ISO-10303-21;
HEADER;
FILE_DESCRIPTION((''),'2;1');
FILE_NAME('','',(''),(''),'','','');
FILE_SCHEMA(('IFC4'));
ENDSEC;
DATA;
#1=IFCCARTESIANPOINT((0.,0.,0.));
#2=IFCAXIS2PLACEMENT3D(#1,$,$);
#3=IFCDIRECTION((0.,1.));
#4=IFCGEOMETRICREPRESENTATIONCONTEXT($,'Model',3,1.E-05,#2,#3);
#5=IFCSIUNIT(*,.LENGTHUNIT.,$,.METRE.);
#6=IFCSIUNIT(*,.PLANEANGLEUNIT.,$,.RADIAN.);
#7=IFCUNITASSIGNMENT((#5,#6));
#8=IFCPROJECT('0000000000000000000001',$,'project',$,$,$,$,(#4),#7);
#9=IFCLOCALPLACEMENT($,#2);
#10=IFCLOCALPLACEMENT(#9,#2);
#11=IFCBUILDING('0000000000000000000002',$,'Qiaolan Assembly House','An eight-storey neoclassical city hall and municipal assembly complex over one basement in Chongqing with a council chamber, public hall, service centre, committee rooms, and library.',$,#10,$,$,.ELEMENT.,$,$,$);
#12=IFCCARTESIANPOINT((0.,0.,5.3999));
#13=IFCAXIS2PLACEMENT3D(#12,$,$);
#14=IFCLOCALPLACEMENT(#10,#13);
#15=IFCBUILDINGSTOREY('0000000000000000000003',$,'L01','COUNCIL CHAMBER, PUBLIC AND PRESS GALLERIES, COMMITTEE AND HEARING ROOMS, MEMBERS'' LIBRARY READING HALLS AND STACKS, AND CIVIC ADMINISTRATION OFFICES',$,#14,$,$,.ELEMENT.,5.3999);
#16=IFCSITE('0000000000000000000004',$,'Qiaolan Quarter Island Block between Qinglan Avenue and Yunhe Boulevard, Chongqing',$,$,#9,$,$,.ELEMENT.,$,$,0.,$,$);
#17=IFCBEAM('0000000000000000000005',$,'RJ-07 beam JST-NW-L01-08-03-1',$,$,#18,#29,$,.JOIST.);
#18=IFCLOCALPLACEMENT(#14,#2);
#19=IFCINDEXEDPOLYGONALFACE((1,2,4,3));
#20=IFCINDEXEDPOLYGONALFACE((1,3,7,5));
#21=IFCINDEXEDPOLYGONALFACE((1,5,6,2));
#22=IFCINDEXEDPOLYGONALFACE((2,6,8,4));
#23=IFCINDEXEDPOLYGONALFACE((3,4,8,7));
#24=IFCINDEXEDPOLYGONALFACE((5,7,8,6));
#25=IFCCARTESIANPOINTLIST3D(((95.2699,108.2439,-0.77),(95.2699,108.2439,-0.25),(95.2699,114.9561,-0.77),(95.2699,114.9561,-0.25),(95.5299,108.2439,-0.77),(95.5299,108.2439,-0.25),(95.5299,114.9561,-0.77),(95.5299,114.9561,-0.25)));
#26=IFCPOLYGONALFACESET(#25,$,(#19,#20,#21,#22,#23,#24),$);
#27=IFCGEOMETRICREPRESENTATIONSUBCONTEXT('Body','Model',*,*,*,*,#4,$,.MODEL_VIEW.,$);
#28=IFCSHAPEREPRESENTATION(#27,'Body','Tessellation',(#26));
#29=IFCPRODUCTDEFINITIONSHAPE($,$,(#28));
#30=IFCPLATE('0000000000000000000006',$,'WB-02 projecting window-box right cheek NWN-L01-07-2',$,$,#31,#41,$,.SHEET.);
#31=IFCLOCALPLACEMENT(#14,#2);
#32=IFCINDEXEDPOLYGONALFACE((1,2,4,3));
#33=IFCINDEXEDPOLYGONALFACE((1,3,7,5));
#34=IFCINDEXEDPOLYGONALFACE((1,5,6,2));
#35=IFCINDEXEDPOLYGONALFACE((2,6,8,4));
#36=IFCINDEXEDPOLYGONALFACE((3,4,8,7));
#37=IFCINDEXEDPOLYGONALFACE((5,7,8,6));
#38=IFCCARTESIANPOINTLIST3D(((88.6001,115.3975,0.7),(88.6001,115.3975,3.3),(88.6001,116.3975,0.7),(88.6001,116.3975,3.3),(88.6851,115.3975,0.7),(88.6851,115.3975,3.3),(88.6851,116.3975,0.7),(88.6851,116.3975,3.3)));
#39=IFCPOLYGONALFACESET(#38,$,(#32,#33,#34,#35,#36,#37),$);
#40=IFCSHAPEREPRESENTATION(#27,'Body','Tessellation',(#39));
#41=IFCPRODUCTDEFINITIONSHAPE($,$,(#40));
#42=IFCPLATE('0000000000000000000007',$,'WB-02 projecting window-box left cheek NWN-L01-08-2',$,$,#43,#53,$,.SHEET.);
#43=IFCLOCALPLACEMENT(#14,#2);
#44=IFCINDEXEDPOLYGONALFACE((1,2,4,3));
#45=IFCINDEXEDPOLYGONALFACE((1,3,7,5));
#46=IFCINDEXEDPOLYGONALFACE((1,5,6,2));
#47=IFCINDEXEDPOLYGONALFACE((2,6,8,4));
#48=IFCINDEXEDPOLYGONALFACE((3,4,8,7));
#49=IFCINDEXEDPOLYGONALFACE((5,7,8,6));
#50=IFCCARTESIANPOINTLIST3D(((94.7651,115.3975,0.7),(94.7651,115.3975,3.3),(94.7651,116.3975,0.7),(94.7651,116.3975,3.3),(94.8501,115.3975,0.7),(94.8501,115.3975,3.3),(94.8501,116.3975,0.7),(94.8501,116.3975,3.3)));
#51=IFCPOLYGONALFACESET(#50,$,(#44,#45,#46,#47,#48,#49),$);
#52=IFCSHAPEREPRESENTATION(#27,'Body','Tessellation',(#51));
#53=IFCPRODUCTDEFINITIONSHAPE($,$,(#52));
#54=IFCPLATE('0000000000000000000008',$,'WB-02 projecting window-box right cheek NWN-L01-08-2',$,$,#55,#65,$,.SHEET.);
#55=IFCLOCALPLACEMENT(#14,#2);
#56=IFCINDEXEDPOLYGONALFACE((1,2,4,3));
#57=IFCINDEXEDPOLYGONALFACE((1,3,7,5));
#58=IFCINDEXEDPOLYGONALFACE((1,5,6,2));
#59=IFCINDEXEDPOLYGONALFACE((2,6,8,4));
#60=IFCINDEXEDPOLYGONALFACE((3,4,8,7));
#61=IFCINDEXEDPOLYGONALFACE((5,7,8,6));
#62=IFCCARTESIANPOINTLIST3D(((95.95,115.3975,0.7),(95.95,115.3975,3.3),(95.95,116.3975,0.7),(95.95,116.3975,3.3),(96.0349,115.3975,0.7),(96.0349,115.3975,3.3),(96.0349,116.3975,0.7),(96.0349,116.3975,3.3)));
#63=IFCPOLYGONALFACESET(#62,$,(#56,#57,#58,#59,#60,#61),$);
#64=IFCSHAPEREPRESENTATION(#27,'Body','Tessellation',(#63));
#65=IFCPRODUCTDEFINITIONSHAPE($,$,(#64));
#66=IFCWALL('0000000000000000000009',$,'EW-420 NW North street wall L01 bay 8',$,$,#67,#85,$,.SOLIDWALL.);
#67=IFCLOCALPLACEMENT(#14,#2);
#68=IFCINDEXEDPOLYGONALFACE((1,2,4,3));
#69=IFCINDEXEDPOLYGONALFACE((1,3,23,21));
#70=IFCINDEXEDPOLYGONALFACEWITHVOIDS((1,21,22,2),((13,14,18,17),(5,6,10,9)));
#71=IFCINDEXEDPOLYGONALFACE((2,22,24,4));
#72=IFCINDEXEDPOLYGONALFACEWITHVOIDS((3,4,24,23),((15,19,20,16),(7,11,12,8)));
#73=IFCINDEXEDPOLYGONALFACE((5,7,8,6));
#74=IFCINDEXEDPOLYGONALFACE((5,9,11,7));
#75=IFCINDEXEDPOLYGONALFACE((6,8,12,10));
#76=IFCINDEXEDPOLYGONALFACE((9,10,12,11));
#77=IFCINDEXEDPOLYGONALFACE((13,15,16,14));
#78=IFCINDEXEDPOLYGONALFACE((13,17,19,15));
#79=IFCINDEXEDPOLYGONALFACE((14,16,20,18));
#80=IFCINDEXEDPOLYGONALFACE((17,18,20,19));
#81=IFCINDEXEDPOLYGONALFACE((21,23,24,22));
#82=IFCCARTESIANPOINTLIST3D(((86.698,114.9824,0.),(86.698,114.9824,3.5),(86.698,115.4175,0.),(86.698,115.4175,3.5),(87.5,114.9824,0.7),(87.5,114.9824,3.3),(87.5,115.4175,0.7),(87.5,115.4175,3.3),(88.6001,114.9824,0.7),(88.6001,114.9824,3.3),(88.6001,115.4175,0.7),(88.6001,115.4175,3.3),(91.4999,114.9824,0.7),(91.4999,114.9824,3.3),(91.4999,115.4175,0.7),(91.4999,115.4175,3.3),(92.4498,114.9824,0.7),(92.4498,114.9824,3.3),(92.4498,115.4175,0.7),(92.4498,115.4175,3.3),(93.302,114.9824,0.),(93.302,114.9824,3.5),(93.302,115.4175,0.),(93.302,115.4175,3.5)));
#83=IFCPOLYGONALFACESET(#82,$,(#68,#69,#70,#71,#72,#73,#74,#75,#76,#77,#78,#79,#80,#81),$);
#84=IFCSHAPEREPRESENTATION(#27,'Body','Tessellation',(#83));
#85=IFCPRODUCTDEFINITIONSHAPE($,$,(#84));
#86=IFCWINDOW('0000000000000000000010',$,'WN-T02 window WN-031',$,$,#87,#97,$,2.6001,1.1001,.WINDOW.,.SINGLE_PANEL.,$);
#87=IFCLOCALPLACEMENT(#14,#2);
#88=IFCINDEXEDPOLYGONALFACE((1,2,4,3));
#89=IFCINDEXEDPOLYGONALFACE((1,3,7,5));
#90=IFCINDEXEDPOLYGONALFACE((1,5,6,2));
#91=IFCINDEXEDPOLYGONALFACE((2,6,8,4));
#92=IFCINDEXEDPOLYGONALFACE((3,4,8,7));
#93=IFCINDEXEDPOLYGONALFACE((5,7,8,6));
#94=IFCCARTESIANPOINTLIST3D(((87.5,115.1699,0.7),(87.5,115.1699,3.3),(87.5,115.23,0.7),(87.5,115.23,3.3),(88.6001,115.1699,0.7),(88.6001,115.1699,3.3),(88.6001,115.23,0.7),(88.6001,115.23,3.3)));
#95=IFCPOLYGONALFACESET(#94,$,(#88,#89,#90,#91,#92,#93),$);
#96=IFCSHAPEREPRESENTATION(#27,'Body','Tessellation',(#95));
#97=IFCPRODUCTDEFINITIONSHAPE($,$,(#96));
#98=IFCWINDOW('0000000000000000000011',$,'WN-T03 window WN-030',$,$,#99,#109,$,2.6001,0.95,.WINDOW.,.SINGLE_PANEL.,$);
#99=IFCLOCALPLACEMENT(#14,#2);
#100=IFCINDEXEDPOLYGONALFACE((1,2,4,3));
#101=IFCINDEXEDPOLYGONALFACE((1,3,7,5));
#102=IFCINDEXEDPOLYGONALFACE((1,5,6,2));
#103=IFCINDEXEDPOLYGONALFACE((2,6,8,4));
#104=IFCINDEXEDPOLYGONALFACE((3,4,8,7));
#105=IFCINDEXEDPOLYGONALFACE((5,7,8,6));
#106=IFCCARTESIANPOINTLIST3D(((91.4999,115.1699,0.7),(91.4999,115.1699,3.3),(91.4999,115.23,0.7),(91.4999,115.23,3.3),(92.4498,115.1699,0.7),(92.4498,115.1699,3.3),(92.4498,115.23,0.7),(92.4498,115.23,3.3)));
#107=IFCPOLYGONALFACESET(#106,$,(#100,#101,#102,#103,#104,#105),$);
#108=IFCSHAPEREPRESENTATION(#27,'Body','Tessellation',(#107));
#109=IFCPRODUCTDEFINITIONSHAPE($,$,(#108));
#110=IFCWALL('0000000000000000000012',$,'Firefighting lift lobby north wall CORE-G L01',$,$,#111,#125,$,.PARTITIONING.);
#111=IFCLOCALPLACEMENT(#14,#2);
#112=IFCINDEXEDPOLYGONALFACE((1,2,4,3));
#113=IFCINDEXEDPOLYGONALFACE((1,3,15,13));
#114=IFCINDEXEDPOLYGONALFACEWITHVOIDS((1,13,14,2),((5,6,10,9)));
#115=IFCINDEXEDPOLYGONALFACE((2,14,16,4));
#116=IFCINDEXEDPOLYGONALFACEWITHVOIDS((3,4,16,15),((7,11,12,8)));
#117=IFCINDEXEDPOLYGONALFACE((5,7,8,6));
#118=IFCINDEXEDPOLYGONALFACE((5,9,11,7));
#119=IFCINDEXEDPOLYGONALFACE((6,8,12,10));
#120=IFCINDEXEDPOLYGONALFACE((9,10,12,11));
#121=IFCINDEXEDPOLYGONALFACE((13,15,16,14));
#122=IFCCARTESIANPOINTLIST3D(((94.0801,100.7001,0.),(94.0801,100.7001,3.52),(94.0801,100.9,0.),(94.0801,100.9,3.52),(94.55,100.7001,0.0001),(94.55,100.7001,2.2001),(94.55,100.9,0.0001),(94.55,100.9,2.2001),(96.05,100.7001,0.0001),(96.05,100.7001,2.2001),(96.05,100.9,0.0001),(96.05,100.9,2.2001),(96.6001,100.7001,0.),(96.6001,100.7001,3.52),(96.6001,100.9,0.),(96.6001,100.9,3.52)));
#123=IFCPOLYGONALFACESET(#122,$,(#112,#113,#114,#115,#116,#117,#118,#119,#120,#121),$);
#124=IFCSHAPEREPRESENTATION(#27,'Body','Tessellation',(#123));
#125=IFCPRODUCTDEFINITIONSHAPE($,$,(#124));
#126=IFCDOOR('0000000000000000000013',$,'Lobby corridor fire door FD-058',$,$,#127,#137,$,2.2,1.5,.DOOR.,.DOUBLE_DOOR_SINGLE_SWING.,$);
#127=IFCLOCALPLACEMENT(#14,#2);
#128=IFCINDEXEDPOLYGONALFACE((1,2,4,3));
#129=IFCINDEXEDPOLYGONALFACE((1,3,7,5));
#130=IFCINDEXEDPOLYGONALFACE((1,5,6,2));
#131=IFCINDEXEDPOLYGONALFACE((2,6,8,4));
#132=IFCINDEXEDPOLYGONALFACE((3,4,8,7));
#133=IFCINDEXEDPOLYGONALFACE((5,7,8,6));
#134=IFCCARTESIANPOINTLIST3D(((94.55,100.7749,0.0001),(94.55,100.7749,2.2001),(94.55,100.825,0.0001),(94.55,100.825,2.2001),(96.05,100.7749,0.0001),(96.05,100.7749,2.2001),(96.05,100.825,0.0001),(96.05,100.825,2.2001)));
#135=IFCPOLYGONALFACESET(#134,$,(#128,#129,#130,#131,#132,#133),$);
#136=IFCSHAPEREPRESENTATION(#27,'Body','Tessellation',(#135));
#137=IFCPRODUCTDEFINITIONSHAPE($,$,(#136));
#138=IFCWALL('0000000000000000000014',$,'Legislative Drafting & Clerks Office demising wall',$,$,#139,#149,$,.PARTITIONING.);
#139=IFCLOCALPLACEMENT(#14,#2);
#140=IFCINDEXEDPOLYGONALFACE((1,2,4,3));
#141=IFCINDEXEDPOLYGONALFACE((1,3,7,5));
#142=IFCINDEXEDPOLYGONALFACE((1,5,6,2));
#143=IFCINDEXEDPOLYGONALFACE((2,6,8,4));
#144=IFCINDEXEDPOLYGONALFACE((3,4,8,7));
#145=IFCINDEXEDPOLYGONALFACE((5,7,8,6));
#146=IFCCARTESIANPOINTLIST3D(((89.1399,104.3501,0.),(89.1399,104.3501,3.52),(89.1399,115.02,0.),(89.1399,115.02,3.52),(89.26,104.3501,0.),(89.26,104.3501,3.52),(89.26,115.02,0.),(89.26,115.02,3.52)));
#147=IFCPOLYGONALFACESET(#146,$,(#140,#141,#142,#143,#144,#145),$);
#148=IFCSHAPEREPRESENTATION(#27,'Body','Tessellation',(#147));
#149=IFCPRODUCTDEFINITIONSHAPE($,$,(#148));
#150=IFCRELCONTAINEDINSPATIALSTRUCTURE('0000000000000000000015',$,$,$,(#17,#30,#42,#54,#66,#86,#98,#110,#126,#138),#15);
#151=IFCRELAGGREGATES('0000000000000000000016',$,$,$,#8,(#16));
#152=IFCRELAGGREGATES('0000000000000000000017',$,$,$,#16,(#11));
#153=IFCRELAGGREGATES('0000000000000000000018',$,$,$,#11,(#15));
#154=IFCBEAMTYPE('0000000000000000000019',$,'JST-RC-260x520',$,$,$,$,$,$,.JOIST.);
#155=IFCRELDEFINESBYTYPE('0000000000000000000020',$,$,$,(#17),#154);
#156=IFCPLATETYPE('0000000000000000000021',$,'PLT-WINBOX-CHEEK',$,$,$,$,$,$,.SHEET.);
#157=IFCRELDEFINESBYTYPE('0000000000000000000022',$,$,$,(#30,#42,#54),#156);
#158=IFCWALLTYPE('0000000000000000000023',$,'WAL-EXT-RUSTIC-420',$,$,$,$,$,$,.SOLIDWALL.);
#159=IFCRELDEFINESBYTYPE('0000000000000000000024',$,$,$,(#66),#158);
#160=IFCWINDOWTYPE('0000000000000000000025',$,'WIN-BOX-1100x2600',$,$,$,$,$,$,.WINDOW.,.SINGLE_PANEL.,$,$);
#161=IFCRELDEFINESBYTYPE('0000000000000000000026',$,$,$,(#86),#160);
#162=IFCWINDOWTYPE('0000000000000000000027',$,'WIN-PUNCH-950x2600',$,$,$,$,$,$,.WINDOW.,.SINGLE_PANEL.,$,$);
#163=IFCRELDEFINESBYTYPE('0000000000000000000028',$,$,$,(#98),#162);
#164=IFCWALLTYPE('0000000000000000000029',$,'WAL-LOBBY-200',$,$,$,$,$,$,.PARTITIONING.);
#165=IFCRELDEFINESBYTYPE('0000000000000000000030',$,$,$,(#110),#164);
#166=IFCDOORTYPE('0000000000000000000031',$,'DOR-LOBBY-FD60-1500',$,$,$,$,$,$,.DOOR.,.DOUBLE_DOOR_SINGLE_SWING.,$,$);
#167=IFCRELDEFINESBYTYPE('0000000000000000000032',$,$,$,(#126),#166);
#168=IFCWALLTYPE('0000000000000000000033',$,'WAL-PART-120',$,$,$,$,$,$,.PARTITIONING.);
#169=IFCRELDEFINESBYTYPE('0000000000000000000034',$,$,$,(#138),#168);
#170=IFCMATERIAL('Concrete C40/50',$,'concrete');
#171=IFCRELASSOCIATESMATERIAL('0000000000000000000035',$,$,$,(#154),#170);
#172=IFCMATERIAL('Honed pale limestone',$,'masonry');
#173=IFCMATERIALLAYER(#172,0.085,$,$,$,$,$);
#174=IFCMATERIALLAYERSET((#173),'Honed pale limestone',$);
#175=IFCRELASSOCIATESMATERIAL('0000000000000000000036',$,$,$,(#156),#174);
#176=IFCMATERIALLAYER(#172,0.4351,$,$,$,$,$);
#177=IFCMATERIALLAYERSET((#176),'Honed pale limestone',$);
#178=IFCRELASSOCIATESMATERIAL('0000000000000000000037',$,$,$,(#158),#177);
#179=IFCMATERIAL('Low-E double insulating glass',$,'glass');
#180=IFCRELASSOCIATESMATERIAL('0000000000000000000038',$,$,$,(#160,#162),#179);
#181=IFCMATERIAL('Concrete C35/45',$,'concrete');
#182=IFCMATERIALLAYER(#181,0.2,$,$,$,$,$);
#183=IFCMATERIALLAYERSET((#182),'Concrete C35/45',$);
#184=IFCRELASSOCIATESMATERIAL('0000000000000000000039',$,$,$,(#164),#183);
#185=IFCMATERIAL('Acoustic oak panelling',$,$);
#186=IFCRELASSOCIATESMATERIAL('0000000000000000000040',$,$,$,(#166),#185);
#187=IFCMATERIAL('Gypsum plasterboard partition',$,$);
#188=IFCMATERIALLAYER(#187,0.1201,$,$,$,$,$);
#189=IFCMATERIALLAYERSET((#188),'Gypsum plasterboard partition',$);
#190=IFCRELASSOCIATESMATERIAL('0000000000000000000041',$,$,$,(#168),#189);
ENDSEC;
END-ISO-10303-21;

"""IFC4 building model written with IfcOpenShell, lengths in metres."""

from ifc_helpers import new_model, si_unit, direction, frame, frame_2d, origin, origin_2d, place, context, subcontext, project, spatial, rectangle, extrude, material, layer, layer_set, material_profile, profile_set, type_object, element, fill, save


model = new_model("IFC4")

# Units and contexts
model_context = context("Model", 3, precision=1e-05, world=origin(), true_north=direction((0.0, 1.0)))
body_context = subcontext(model_context, "Body", "Model", "MODEL_VIEW")
ifc_project = project(units=[si_unit("LENGTHUNIT", "METRE"), si_unit("PLANEANGLEUNIT", "RADIAN")], contexts=[model_context])

# Site, building, storey
site_placement = place(None, origin())
site = spatial("IfcSite", under=ifc_project, at=site_placement, Name="Qiaolan Quarter Island Block between Qinglan Avenue and Yunhe Boulevard, Chongqing", CompositionType="ELEMENT", RefElevation=0.0)
building_placement = place(site_placement, origin())
building = spatial("IfcBuilding", under=site, at=building_placement, Name="Qiaolan Assembly House", Description="An eight-storey neoclassical city hall and municipal assembly complex over one basement in Chongqing with a council chamber, public hall, service centre, committee rooms, and library.", CompositionType="ELEMENT")
storey_placement = place(building_placement, frame((0.0, 0.0, 5.3999)))
storey = spatial("IfcBuildingStorey", under=building, at=storey_placement, Name="L01", Description="COUNCIL CHAMBER, PUBLIC AND PRESS GALLERIES, COMMITTEE AND HEARING ROOMS, MEMBERS' LIBRARY READING HALLS AND STACKS, AND CIVIC ADMINISTRATION OFFICES", CompositionType="ELEMENT", Elevation=5.3999)

# Beam
ifc_material_1 = material(Name="Concrete C40/50", Category="concrete")
ifc_material_profile_1 = material_profile(ifc_material_1, rectangle(XDim=0.26, YDim=0.52, at=origin_2d()), Name="RCB 260x520")
ifc_profile_set_1 = profile_set([ifc_material_profile_1], Name="Concrete C40/50")
beam_type_1 = type_object("IfcBeamType", Name="JST-RC-260x520", PredefinedType="JOIST", material=ifc_profile_set_1)
for number, where, z_axis, x_axis, name in (
    (1, (95.3999, 108.2439, -0.51), (0.0, 1.0, 0.0), (-1.0, 0.0, 0.0), "RJ-07 beam JST-NW-L01-08-03-1"),
):
    element("IfcBeam", number, at=place(storey_placement, frame(where, z_axis=z_axis, x_axis=x_axis)), inside=storey, type_object=beam_type_1, Name=name, PredefinedType="JOIST", context=body_context, shape_type="SweptSolid", body=[
        extrude(rectangle(XDim=0.26, YDim=0.52, at=origin_2d()), origin(), (0.0, 0.0, 1.0), 6.7122),
    ])

# Plates
ifc_material_2 = material(Name="Honed pale limestone", Category="masonry")
ifc_layer_1 = layer(ifc_material_2, 0.085)
ifc_layer_set_1 = layer_set([ifc_layer_1], Name="Honed pale limestone")
plate_type = type_object("IfcPlateType", Name="PLT-WINBOX-CHEEK", PredefinedType="SHEET", material=ifc_layer_set_1)
for number, where, z_axis, x_axis, name in (
    (2, (88.6426, 115.8975, 0.7), (0.0, 0.0, 1.0), (1.0, 0.0, 0.0), "WB-02 projecting window-box right cheek NWN-L01-07-2"),
    (3, (94.8076, 115.8975, 0.7), (0.0, 0.0, 1.0), (1.0, 0.0, 0.0), "WB-02 projecting window-box left cheek NWN-L01-08-2"),
    (4, (95.9924, 115.8975, 0.7), (0.0, 0.0, 1.0), (1.0, 0.0, 0.0), "WB-02 projecting window-box right cheek NWN-L01-08-2"),
):
    element("IfcPlate", number, at=place(storey_placement, frame(where, z_axis=z_axis, x_axis=x_axis)), inside=storey, type_object=plate_type, Name=name, PredefinedType="SHEET", context=body_context, shape_type="SweptSolid", body=[
        extrude(rectangle(XDim=0.085, YDim=1.0, at=origin_2d()), origin(), (0.0, 0.0, 1.0), 2.6001),
    ])

# Wall, openings, windows
ifc_layer_2 = layer(ifc_material_2, 0.4351)
ifc_layer_set_2 = layer_set([ifc_layer_2], Name="Honed pale limestone")
wall_type_1 = type_object("IfcWallType", Name="WAL-EXT-RUSTIC-420", PredefinedType="SOLIDWALL", material=ifc_layer_set_2)
wall_1_placement = place(storey_placement, frame((93.302, 115.2, 0.0), z_axis=(0.0, 0.0, 1.0), x_axis=(-1.0, 0.0, 0.0)))
wall_1 = element("IfcWall", 5, at=wall_1_placement, inside=storey, type_object=wall_type_1, Name="EW-420 NW North street wall L01 bay 8", PredefinedType="SOLIDWALL", context=body_context, shape_type="SweptSolid", body=[
    extrude(rectangle(XDim=6.604, YDim=0.4351, at=frame_2d((3.302, 0.0))), origin(), (0.0, 0.0, 1.0), 3.5),
])
opening_1_placement = place(wall_1_placement, frame((0.8521, 0.0, 0.7)))
opening_1 = element("IfcOpeningElement", 6, at=opening_1_placement, cuts=wall_1, PredefinedType="OPENING", context=body_context, shape_type="SweptSolid", body=[
    extrude(rectangle(XDim=0.95, YDim=2.6001, at=frame_2d((0.4751, 1.3))), frame((0.0, 0.2275, 0.0), z_axis=(0.0, -1.0, 0.0), x_axis=(1.0, 0.0, 0.0)), (0.0, 0.0, 1.0), 0.4551),
])
opening_2_placement = place(wall_1_placement, frame((4.7019, 0.0, 0.7)))
opening_2 = element("IfcOpeningElement", 7, at=opening_2_placement, cuts=wall_1, PredefinedType="OPENING", context=body_context, shape_type="SweptSolid", body=[
    extrude(rectangle(XDim=1.1001, YDim=2.6001, at=frame_2d((0.55, 1.3))), frame((0.0, 0.2275, 0.0), z_axis=(0.0, -1.0, 0.0), x_axis=(1.0, 0.0, 0.0)), (0.0, 0.0, 1.0), 0.4551),
])
ifc_material_3 = material(Name="Low-E double insulating glass", Category="glass")
window_type_1 = type_object("IfcWindowType", Name="WIN-BOX-1100x2600", PartitioningType="SINGLE_PANEL", PredefinedType="WINDOW", material=ifc_material_3)
window_1_placement = place(opening_2_placement, origin())
window_1 = element("IfcWindow", 8, at=window_1_placement, inside=storey, type_object=window_type_1, Name="WN-T02 window WN-031", OverallHeight=2.6001, OverallWidth=1.1001, PartitioningType="SINGLE_PANEL", PredefinedType="WINDOW", context=body_context, shape_type="SweptSolid", body=[
    extrude(rectangle(XDim=1.1001, YDim=2.6001, at=frame_2d((0.55, 1.3))), frame((0.0, 0.03, 0.0), z_axis=(0.0, -1.0, 0.0), x_axis=(1.0, 0.0, 0.0)), (0.0, 0.0, 1.0), 0.0601),
])
fill(opening_2, window_1)
window_type_2 = type_object("IfcWindowType", Name="WIN-PUNCH-950x2600", PartitioningType="SINGLE_PANEL", PredefinedType="WINDOW", material=ifc_material_3)
window_2_placement = place(opening_1_placement, origin())
window_2 = element("IfcWindow", 9, at=window_2_placement, inside=storey, type_object=window_type_2, Name="WN-T03 window WN-030", OverallHeight=2.6001, OverallWidth=0.95, PartitioningType="SINGLE_PANEL", PredefinedType="WINDOW", context=body_context, shape_type="SweptSolid", body=[
    extrude(rectangle(XDim=0.95, YDim=2.6001, at=frame_2d((0.4751, 1.3))), frame((0.0, 0.03, 0.0), z_axis=(0.0, -1.0, 0.0), x_axis=(1.0, 0.0, 0.0)), (0.0, 0.0, 1.0), 0.0601),
])
fill(opening_1, window_2)

# Wall, opening, door
ifc_material_4 = material(Name="Concrete C35/45", Category="concrete")
ifc_layer_3 = layer(ifc_material_4, 0.2)
ifc_layer_set_3 = layer_set([ifc_layer_3], Name="Concrete C35/45")
wall_type_2 = type_object("IfcWallType", Name="WAL-LOBBY-200", PredefinedType="PARTITIONING", material=ifc_layer_set_3)
wall_2_placement = place(storey_placement, frame((96.6001, 100.8, 0.0), z_axis=(0.0, 0.0, 1.0), x_axis=(-1.0, 0.0, 0.0)))
wall_2 = element("IfcWall", 10, at=wall_2_placement, inside=storey, type_object=wall_type_2, Name="Firefighting lift lobby north wall CORE-G L01", PredefinedType="PARTITIONING", context=body_context, shape_type="SweptSolid", body=[
    extrude(rectangle(XDim=2.52, YDim=0.2, at=frame_2d((1.26, 0.0))), origin(), (0.0, 0.0, 1.0), 3.52),
])
opening_3_placement = place(wall_2_placement, frame((0.55, 0.0, 0.0)))
opening_3 = element("IfcOpeningElement", 11, at=opening_3_placement, cuts=wall_2, PredefinedType="OPENING", context=body_context, shape_type="SweptSolid", body=[
    extrude(rectangle(XDim=1.5, YDim=2.2, at=frame_2d((0.75, 1.1001))), frame((0.0, 0.1099, 0.0), z_axis=(0.0, -1.0, 0.0), x_axis=(1.0, 0.0, 0.0)), (0.0, 0.0, 1.0), 0.22),
])
ifc_material_5 = material(Name="Acoustic oak panelling")
door_type_1 = type_object("IfcDoorType", Name="DOR-LOBBY-FD60-1500", OperationType="DOUBLE_DOOR_SINGLE_SWING", PredefinedType="DOOR", material=ifc_material_5)
door_1_placement = place(opening_3_placement, frame((1.5, 0.0, 0.0), z_axis=(0.0, 0.0, 1.0), x_axis=(-1.0, 0.0, 0.0)))
door_1 = element("IfcDoor", 12, at=door_1_placement, inside=storey, type_object=door_type_1, Name="Lobby corridor fire door FD-058", OperationType="DOUBLE_DOOR_SINGLE_SWING", OverallHeight=2.2, OverallWidth=1.5, PredefinedType="DOOR", context=body_context, shape_type="SweptSolid", body=[
    extrude(rectangle(XDim=1.5, YDim=2.2, at=frame_2d((0.75, 1.1001))), frame((0.0, 0.0249, 0.0), z_axis=(0.0, -1.0, 0.0), x_axis=(1.0, 0.0, 0.0)), (0.0, 0.0, 1.0), 0.05),
])
fill(opening_3, door_1)

# Wall
ifc_material_6 = material(Name="Gypsum plasterboard partition")
ifc_layer_4 = layer(ifc_material_6, 0.1201)
ifc_layer_set_4 = layer_set([ifc_layer_4], Name="Gypsum plasterboard partition")
wall_type_3 = type_object("IfcWallType", Name="WAL-PART-120", PredefinedType="PARTITIONING", material=ifc_layer_set_4)
wall_3_placement = place(storey_placement, frame((89.2, 104.3501, 0.0), z_axis=(0.0, 0.0, 1.0), x_axis=(0.0, 1.0, 0.0)))
element("IfcWall", 13, at=wall_3_placement, inside=storey, type_object=wall_type_3, Name="Legislative Drafting & Clerks Office demising wall", PredefinedType="PARTITIONING", context=body_context, shape_type="SweptSolid", body=[
    extrude(rectangle(XDim=10.6699, YDim=0.1201, at=frame_2d((5.335, 0.0))), origin(), (0.0, 0.0, 1.0), 3.52),
])

save(model, "model.ifc")
